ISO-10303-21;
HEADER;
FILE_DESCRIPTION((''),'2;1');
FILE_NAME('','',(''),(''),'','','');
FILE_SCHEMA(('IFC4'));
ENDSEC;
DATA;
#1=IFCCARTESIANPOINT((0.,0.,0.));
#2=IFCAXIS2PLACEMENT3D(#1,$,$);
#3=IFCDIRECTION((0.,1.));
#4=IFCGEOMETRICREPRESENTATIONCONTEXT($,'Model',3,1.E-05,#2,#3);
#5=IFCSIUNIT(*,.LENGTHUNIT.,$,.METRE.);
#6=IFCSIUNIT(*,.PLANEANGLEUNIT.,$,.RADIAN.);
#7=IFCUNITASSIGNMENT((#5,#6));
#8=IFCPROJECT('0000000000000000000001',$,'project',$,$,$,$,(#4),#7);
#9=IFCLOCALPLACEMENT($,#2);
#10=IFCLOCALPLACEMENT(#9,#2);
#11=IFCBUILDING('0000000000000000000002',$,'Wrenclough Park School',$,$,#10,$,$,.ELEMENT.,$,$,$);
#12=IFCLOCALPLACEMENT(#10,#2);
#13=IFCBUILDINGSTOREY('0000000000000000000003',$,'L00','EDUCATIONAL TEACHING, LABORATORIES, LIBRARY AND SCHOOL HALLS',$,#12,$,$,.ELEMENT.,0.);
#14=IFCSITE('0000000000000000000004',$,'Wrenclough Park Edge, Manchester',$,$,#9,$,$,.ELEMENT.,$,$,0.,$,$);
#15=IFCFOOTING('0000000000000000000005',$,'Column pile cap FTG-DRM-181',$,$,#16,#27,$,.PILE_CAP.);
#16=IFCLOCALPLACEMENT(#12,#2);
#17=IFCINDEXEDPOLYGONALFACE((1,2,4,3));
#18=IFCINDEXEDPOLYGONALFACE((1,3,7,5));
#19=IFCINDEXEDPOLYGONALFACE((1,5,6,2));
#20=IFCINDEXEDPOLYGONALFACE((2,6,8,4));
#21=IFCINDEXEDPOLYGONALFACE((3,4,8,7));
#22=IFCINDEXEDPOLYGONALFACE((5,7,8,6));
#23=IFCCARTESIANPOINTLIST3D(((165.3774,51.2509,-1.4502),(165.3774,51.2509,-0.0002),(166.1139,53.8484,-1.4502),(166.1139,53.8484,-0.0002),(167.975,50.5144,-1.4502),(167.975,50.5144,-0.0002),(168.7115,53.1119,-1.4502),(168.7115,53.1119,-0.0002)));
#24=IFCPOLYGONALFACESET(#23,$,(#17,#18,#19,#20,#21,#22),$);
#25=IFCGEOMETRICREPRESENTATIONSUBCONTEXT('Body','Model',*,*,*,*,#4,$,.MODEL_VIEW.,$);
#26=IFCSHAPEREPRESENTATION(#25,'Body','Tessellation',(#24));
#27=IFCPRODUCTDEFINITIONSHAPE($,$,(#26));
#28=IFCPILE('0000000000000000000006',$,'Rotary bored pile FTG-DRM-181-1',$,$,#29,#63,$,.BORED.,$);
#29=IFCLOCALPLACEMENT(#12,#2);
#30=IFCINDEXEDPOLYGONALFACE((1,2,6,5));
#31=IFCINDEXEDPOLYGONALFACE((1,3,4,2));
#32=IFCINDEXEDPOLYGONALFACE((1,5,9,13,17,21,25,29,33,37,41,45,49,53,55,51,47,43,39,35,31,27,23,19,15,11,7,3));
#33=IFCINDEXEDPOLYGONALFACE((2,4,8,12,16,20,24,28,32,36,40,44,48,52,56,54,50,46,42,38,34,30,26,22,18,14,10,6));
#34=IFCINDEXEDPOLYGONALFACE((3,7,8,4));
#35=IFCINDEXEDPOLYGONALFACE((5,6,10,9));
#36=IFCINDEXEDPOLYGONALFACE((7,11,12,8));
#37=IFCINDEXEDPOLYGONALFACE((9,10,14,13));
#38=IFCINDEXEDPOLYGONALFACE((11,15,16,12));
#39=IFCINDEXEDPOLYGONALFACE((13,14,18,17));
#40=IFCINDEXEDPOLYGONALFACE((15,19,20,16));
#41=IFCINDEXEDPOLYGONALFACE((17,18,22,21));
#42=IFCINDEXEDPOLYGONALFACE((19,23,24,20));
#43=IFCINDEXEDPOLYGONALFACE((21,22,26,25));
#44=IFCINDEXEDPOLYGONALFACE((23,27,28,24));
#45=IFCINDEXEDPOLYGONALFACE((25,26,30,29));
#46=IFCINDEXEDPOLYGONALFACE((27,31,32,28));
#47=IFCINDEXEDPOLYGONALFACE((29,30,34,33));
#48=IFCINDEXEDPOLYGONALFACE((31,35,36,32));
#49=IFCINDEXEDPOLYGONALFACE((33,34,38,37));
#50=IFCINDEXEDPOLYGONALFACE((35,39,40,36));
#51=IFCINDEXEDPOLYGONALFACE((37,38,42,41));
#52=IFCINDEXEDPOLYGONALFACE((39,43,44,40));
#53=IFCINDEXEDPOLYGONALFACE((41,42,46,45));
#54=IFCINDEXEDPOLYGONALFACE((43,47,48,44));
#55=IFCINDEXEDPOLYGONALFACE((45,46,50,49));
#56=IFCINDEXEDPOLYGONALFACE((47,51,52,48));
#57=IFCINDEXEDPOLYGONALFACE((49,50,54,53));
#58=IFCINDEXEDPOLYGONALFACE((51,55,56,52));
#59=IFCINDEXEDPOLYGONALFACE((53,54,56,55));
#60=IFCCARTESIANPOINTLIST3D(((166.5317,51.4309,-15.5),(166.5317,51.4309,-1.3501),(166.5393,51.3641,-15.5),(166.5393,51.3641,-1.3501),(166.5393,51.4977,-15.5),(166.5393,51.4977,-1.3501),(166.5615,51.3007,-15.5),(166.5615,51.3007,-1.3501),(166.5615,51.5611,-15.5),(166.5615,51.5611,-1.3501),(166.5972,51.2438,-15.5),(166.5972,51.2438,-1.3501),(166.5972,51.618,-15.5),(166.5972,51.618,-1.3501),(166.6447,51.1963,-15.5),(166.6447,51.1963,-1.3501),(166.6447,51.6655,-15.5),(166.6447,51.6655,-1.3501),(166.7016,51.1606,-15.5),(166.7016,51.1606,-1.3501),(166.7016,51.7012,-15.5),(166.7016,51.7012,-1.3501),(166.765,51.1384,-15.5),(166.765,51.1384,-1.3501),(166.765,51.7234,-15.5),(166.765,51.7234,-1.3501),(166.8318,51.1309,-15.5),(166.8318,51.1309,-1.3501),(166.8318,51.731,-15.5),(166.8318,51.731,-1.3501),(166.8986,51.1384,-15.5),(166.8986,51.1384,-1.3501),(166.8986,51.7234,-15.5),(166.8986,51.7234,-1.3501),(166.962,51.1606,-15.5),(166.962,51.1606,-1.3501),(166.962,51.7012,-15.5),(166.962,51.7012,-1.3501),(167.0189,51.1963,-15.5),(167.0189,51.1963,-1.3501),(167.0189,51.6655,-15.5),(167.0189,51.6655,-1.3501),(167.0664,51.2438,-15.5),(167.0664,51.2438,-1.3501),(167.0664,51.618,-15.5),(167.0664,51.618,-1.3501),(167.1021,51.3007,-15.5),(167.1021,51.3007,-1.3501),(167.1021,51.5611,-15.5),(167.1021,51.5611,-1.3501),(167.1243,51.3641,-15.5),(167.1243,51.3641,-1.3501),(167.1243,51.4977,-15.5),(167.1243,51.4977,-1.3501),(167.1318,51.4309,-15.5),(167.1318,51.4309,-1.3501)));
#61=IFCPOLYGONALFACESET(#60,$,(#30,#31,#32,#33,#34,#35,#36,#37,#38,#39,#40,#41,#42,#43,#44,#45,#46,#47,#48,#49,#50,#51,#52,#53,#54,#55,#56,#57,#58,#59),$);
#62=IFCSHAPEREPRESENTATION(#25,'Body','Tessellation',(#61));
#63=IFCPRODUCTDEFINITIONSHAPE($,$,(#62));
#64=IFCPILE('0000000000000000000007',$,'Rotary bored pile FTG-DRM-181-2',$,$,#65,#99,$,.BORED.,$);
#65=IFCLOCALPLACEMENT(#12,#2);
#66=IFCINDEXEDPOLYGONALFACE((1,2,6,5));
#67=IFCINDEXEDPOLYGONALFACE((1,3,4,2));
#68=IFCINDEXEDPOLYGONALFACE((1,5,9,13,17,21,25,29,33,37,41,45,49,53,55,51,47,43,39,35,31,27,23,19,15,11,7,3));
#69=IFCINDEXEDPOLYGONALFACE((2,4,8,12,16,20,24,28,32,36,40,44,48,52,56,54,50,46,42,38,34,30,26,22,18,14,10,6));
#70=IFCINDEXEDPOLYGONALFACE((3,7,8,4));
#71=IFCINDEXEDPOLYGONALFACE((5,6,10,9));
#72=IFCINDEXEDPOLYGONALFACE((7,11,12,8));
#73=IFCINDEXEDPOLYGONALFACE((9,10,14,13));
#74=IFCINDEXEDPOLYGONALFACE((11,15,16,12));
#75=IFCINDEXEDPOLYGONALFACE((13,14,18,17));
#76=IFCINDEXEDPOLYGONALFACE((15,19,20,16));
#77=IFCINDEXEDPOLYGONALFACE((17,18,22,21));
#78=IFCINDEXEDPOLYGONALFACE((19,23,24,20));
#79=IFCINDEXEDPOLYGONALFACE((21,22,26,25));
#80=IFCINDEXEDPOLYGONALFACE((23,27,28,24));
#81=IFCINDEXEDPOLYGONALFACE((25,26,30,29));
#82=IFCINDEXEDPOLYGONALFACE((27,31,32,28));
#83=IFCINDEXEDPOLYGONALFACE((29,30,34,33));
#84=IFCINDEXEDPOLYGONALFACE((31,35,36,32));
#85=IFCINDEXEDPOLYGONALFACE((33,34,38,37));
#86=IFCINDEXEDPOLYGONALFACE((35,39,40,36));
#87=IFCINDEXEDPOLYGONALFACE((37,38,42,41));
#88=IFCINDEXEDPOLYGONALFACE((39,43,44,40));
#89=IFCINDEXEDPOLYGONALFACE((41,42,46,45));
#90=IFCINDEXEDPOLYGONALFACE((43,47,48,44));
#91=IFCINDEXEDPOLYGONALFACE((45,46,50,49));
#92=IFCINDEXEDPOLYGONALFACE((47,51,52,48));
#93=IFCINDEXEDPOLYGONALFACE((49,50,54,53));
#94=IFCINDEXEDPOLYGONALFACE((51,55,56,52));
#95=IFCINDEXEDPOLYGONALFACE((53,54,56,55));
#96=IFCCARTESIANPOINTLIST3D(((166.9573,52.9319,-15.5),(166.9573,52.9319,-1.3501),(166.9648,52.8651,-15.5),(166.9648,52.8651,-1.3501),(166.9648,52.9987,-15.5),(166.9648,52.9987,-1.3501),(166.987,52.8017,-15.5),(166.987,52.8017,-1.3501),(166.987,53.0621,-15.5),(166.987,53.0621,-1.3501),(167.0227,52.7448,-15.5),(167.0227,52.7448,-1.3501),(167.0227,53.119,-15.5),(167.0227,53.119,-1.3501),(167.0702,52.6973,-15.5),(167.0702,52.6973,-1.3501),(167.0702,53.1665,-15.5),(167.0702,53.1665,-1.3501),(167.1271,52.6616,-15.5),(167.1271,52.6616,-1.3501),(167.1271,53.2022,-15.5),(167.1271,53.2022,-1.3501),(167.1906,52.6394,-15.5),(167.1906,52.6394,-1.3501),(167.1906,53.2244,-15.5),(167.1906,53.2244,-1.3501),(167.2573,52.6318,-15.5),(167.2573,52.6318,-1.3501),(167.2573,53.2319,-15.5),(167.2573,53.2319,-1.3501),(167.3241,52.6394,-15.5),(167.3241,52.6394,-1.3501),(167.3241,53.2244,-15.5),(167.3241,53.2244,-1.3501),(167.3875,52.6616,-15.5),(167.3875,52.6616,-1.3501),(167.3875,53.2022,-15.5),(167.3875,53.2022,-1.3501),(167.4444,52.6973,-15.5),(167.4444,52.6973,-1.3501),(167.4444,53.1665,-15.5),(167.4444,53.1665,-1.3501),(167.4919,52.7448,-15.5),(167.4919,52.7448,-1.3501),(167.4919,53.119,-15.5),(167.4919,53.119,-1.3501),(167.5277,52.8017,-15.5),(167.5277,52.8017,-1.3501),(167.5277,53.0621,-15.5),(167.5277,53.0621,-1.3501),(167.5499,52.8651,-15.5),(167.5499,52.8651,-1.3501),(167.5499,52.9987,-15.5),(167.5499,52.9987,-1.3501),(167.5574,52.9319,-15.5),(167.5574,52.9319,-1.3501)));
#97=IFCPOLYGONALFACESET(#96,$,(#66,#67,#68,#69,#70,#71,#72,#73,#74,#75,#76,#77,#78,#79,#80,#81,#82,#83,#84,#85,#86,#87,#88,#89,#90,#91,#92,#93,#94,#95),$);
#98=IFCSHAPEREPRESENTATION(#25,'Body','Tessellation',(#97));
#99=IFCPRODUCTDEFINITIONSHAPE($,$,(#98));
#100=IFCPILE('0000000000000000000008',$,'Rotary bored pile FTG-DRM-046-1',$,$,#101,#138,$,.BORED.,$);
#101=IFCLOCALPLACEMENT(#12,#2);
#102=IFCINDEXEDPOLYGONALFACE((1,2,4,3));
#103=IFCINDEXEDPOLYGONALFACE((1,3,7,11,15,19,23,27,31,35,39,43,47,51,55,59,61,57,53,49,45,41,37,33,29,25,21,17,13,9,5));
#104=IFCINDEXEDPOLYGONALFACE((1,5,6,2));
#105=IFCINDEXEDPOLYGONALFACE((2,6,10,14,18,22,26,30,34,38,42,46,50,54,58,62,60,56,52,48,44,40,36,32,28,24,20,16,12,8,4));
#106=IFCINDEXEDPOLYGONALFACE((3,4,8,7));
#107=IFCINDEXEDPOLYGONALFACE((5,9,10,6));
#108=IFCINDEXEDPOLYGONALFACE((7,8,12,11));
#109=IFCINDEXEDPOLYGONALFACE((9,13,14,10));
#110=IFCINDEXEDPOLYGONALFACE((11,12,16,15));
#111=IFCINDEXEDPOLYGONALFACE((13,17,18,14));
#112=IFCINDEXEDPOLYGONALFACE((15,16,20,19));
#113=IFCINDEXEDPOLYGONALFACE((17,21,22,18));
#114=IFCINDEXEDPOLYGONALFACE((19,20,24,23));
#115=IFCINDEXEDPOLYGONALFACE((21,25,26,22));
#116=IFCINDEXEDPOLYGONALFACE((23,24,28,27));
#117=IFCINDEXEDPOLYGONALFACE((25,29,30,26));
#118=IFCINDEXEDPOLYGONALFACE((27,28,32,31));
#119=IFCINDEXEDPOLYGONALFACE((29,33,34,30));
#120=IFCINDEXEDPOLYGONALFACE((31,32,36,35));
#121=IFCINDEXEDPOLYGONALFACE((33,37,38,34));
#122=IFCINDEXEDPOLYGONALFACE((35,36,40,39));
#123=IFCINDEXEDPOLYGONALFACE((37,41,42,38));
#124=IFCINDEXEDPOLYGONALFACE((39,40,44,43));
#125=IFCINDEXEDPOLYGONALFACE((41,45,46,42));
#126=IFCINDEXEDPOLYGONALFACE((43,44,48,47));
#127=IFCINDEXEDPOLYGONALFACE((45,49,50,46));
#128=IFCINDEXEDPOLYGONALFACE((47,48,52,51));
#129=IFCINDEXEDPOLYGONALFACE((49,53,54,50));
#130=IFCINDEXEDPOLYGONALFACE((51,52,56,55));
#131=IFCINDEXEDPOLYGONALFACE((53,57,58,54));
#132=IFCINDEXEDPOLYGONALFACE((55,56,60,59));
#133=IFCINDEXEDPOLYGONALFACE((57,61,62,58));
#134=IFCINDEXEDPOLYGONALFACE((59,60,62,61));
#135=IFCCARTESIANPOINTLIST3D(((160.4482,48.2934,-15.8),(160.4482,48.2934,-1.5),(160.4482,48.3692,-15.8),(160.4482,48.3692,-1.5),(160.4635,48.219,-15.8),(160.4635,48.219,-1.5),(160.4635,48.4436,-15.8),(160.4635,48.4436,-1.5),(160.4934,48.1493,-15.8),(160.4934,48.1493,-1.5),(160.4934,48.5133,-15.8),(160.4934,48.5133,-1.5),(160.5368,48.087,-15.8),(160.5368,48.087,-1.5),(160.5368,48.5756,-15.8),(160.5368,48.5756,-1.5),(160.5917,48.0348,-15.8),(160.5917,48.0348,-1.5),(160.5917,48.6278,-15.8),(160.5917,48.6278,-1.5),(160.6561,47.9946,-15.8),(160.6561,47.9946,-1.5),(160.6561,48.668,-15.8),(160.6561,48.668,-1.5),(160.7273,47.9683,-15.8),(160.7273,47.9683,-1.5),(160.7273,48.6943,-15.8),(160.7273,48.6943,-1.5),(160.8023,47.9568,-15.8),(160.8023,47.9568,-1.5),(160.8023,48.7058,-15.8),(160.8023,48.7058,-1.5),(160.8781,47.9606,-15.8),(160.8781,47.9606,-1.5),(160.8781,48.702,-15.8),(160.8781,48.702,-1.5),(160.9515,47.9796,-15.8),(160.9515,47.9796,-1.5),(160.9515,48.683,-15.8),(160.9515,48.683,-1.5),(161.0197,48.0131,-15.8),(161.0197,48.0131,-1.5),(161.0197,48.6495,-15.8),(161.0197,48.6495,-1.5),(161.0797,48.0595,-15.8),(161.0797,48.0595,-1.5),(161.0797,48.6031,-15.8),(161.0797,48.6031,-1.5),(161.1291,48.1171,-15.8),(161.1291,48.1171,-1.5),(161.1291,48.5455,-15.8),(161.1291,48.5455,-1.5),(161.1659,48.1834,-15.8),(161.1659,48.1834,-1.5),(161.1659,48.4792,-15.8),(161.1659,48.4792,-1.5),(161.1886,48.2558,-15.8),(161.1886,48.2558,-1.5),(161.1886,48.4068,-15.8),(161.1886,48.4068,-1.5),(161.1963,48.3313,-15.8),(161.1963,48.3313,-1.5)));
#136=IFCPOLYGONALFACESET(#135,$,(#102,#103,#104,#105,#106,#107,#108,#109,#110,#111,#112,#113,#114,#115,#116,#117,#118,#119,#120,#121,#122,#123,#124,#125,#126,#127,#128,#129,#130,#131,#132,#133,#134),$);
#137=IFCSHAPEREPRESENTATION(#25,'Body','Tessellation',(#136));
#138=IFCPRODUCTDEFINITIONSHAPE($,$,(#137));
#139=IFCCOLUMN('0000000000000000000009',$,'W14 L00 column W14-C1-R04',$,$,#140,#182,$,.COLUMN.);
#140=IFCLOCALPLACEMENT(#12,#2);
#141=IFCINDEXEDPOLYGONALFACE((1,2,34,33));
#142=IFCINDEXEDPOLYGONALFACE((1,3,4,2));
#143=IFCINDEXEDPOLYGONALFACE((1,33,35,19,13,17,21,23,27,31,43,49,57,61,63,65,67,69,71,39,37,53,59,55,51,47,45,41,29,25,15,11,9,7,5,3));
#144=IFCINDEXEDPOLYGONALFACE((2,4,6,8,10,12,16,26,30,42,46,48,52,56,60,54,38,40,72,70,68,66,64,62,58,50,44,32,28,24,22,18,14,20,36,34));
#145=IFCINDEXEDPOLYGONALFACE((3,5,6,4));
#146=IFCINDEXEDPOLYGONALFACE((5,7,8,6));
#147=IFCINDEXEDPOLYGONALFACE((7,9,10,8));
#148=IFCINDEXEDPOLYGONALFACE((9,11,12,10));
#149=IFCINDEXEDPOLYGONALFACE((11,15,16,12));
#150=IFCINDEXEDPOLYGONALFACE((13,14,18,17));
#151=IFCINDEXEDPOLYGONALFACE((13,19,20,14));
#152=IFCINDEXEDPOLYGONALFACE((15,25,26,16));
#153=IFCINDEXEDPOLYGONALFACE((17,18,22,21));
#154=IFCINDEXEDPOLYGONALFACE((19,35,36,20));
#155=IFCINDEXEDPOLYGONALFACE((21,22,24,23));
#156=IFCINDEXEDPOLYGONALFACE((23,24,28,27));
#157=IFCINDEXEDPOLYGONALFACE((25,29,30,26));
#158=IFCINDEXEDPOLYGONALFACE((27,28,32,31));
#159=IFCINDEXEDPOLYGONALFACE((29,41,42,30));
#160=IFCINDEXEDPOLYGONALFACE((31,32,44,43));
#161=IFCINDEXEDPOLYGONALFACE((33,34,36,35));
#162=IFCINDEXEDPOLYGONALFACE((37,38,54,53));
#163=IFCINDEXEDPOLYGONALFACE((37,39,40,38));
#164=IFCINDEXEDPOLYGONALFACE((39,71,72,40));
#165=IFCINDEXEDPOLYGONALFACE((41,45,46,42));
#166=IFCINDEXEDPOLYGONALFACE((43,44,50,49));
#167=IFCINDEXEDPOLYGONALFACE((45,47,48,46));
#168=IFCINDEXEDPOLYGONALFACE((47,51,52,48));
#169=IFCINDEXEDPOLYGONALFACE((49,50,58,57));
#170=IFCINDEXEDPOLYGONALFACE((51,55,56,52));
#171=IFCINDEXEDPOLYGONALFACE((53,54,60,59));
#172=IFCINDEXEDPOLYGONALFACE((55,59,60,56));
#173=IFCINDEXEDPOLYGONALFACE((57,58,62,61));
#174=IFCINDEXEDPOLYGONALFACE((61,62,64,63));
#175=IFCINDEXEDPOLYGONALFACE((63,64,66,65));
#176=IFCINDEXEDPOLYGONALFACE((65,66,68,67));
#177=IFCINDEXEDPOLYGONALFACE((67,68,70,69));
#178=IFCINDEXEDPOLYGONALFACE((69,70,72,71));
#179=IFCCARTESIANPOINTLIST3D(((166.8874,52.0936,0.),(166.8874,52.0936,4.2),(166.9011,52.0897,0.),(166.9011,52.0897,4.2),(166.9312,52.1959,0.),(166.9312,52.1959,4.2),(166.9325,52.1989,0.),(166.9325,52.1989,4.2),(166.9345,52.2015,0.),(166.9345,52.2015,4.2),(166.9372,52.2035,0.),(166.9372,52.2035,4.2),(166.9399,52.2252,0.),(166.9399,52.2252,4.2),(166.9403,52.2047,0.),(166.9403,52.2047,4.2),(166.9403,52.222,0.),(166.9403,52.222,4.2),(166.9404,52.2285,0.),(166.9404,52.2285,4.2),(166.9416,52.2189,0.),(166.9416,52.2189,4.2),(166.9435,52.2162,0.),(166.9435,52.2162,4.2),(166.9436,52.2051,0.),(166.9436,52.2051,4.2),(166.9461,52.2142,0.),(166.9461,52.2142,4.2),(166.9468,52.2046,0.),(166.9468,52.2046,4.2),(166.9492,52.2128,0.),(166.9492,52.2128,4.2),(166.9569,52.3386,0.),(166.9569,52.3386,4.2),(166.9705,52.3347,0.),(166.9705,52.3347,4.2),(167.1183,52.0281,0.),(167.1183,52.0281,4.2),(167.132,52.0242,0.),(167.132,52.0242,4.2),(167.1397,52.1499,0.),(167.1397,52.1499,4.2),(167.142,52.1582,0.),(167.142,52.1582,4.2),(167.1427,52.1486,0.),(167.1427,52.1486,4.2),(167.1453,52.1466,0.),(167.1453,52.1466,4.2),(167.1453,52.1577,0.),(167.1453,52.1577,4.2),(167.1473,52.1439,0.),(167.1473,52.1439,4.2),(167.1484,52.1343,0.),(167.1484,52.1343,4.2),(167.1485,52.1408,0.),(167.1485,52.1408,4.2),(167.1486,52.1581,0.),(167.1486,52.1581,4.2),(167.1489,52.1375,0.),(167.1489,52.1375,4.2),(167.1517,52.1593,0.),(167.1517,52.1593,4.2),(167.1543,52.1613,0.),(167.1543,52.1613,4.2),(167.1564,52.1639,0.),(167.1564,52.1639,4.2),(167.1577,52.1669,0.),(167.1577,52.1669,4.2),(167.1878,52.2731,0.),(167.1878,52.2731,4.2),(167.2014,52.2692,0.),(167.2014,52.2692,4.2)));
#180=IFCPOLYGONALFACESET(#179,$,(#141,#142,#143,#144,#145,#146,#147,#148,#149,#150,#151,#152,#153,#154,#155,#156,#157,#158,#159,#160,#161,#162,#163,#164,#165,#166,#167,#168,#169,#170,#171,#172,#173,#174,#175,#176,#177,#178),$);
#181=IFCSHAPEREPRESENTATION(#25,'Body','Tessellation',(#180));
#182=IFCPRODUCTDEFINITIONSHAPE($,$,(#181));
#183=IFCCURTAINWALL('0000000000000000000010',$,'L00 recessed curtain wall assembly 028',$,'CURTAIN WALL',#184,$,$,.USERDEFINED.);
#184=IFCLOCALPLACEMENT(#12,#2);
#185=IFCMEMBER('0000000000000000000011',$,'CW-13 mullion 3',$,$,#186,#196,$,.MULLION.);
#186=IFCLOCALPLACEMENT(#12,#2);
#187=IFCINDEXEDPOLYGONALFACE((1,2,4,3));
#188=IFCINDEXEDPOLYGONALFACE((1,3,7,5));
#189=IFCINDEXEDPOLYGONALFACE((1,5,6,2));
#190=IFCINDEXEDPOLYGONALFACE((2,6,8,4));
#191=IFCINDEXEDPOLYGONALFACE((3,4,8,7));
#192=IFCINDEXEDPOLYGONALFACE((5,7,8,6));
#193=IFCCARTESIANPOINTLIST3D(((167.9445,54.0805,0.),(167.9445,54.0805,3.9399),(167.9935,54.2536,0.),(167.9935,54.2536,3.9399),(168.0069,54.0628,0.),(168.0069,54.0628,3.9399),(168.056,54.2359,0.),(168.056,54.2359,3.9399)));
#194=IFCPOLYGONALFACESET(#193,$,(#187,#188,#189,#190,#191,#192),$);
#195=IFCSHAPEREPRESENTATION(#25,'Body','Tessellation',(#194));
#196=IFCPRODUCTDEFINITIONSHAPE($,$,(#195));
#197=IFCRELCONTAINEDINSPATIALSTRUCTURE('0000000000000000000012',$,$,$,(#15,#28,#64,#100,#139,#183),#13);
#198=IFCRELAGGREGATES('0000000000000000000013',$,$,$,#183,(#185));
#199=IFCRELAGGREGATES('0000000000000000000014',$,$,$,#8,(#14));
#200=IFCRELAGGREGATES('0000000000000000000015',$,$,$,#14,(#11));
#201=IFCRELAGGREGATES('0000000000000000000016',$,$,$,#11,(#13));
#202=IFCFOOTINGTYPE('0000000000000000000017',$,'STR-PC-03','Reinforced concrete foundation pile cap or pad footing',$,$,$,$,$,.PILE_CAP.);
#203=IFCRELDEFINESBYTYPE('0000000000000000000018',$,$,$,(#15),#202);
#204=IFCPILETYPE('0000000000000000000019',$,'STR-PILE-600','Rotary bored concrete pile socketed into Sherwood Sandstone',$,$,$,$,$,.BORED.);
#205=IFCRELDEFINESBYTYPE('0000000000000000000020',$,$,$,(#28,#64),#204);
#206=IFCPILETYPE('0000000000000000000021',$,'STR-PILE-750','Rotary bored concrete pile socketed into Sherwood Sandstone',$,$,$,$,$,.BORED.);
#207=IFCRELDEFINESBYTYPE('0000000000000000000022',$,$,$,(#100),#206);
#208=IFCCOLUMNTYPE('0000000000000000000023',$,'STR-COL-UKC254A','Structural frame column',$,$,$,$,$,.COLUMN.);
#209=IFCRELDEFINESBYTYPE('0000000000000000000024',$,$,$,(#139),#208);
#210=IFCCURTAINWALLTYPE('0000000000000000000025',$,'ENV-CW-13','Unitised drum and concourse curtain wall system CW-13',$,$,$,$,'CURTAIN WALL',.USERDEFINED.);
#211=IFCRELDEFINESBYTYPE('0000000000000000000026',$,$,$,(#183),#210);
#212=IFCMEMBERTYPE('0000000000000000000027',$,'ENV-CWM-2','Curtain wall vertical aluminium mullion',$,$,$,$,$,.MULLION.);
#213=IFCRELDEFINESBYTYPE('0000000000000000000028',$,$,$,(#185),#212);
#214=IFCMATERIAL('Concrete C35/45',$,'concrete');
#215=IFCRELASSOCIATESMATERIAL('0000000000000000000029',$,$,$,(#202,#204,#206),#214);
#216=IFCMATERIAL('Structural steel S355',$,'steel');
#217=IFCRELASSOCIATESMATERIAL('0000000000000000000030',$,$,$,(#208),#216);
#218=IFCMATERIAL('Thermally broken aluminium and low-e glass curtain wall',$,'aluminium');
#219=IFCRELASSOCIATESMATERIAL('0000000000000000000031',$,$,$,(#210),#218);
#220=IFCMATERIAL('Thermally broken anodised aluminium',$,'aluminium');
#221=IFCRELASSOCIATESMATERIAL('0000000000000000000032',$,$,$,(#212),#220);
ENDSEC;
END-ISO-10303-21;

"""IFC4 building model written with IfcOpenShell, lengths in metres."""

from ifc_helpers import new_model, si_unit, direction, frame, origin, origin_2d, place, context, subcontext, project, spatial, rectangle, circle, i_section, extrude, material, material_profile, profile_set, type_object, element, aggregate, save


model = new_model("IFC4")

# Units and contexts
model_context = context("Model", 3, precision=1e-05, world=origin(), true_north=direction((0.0, 1.0)))
body_context = subcontext(model_context, "Body", "Model", "MODEL_VIEW")
ifc_project = project(units=[si_unit("LENGTHUNIT", "METRE"), si_unit("PLANEANGLEUNIT", "RADIAN")], contexts=[model_context])

# Site, building, storey
site_placement = place(None, origin())
site = spatial("IfcSite", under=ifc_project, at=site_placement, Name="Wrenclough Park Edge, Manchester", CompositionType="ELEMENT", RefElevation=0.0)
building_placement = place(site_placement, origin())
building = spatial("IfcBuilding", under=site, at=building_placement, Name="Wrenclough Park School", CompositionType="ELEMENT")
storey_placement = place(building_placement, origin())
storey = spatial("IfcBuildingStorey", under=building, at=storey_placement, Name="L00", Description="EDUCATIONAL TEACHING, LABORATORIES, LIBRARY AND SCHOOL HALLS", CompositionType="ELEMENT", Elevation=0.0)

# Footing
ifc_material_1 = material(Name="Concrete C35/45", Category="concrete")
footing_type = type_object("IfcFootingType", Name="STR-PC-03", Description="Reinforced concrete foundation pile cap or pad footing", PredefinedType="PILE_CAP", material=ifc_material_1)
footing_placement = place(storey_placement, frame((167.0444, 52.1814, -1.4502), z_axis=(0.0, 0.0, 1.0), x_axis=(0.272784, 0.962075, 0.0)))
element("IfcFooting", 1, at=footing_placement, inside=storey, type_object=footing_type, Name="Column pile cap FTG-DRM-181", PredefinedType="PILE_CAP", context=body_context, shape_type="SweptSolid", body=[
    extrude(rectangle(XDim=2.7, YDim=2.7, at=origin_2d()), origin(), (0.0, 0.0, 1.0), 1.45),
])

# Piles
ifc_material_profile_1 = material_profile(ifc_material_1, circle(Radius=0.3, at=origin_2d()), Name="BORED PILE D600")
ifc_profile_set_1 = profile_set([ifc_material_profile_1], Name="Concrete C35/45")
pile_type_1 = type_object("IfcPileType", Name="STR-PILE-600", Description="Rotary bored concrete pile socketed into Sherwood Sandstone", PredefinedType="BORED", material=ifc_profile_set_1)
for number, where, z_axis, x_axis, name in (
    (2, (166.8318, 51.4309, -1.3501), (0.0, 0.0, -1.0), (1.0, 0.0, 0.0), "Rotary bored pile FTG-DRM-181-1"),
    (3, (167.2573, 52.9319, -1.3501), (0.0, 0.0, -1.0), (1.0, 0.0, 0.0), "Rotary bored pile FTG-DRM-181-2"),
):
    element("IfcPile", number, at=place(storey_placement, frame(where, z_axis=z_axis, x_axis=x_axis)), inside=storey, type_object=pile_type_1, Name=name, PredefinedType="BORED", context=body_context, shape_type="SweptSolid", body=[
        extrude(circle(Radius=0.3, at=origin_2d()), origin(), (0.0, 0.0, 1.0), 14.1499),
    ])
ifc_material_profile_2 = material_profile(ifc_material_1, circle(Radius=0.375, at=origin_2d()), Name="BORED PILE D750")
ifc_profile_set_2 = profile_set([ifc_material_profile_2], Name="Concrete C35/45")
pile_type_2 = type_object("IfcPileType", Name="STR-PILE-750", Description="Rotary bored concrete pile socketed into Sherwood Sandstone", PredefinedType="BORED", material=ifc_profile_set_2)
pile_placement = place(storey_placement, frame((160.8213, 48.3313, -1.5), z_axis=(0.0, 0.0, -1.0), x_axis=(1.0, 0.0, 0.0)))
element("IfcPile", 4, at=pile_placement, inside=storey, type_object=pile_type_2, Name="Rotary bored pile FTG-DRM-046-1", PredefinedType="BORED", context=body_context, shape_type="SweptSolid", body=[
    extrude(circle(Radius=0.375, at=origin_2d()), origin(), (0.0, 0.0, 1.0), 14.3),
])

# Column
ifc_material_2 = material(Name="Structural steel S355", Category="steel")
ifc_material_profile_3 = material_profile(ifc_material_2, i_section(OverallWidth=0.2546, OverallDepth=0.2542, WebThickness=0.0085, FlangeThickness=0.0142, FilletRadius=0.0127, at=origin_2d()), Name="UKC 254x254x73")
ifc_profile_set_3 = profile_set([ifc_material_profile_3], Name="Structural steel S355")
column_type = type_object("IfcColumnType", Name="STR-COL-UKC254A", Description="Structural frame column", PredefinedType="COLUMN", material=ifc_profile_set_3)
column_placement = place(storey_placement, frame((167.0444, 52.1814, 0.0), z_axis=(0.0, 0.0, 1.0), x_axis=(0.272784, 0.962075, 0.0)))
element("IfcColumn", 5, at=column_placement, inside=storey, type_object=column_type, Name="W14 L00 column W14-C1-R04", PredefinedType="COLUMN", context=body_context, shape_type="SweptSolid", body=[
    extrude(i_section(OverallWidth=0.2546, OverallDepth=0.2542, WebThickness=0.0085, FlangeThickness=0.0142, FilletRadius=0.0127, at=origin_2d()), origin(), (0.0, 0.0, 1.0), 4.2),
])

# Curtain wall, member
ifc_material_3 = material(Name="Thermally broken aluminium and low-e glass curtain wall", Category="aluminium")
curtain_wall_type_1 = type_object("IfcCurtainWallType", Name="ENV-CW-13", Description="Unitised drum and concourse curtain wall system CW-13", ElementType="CURTAIN WALL", PredefinedType="USERDEFINED", material=ifc_material_3)
curtain_wall_1_placement = place(storey_placement, origin())
curtain_wall_1 = element("IfcCurtainWall", 6, at=curtain_wall_1_placement, inside=storey, type_object=curtain_wall_type_1, Name="L00 recessed curtain wall assembly 028", ObjectType="CURTAIN WALL", PredefinedType="USERDEFINED")
ifc_material_4 = material(Name="Thermally broken anodised aluminium", Category="aluminium")
ifc_material_profile_4 = material_profile(ifc_material_4, rectangle(XDim=0.0649, YDim=0.1799, at=origin_2d()), Name="AL MULLION 65x180")
ifc_profile_set_4 = profile_set([ifc_material_profile_4], Name="Thermally broken anodised aluminium")
member_type_1 = type_object("IfcMemberType", Name="ENV-CWM-2", Description="Curtain wall vertical aluminium mullion", PredefinedType="MULLION", material=ifc_profile_set_4)
member_1_placement = place(storey_placement, frame((168.0002, 54.1582, 0.0), z_axis=(0.0, 0.0, 1.0), x_axis=(0.962068, -0.272809, 0.0)))
member_1 = element("IfcMember", 7, at=member_1_placement, type_object=member_type_1, Name="CW-13 mullion 3", PredefinedType="MULLION", context=body_context, shape_type="SweptSolid", body=[
    extrude(rectangle(XDim=0.0649, YDim=0.1799, at=origin_2d()), origin(), (0.0, 0.0, 1.0), 3.9399),
])

aggregate(curtain_wall_1, [member_1])

save(model, "model.ifc")
